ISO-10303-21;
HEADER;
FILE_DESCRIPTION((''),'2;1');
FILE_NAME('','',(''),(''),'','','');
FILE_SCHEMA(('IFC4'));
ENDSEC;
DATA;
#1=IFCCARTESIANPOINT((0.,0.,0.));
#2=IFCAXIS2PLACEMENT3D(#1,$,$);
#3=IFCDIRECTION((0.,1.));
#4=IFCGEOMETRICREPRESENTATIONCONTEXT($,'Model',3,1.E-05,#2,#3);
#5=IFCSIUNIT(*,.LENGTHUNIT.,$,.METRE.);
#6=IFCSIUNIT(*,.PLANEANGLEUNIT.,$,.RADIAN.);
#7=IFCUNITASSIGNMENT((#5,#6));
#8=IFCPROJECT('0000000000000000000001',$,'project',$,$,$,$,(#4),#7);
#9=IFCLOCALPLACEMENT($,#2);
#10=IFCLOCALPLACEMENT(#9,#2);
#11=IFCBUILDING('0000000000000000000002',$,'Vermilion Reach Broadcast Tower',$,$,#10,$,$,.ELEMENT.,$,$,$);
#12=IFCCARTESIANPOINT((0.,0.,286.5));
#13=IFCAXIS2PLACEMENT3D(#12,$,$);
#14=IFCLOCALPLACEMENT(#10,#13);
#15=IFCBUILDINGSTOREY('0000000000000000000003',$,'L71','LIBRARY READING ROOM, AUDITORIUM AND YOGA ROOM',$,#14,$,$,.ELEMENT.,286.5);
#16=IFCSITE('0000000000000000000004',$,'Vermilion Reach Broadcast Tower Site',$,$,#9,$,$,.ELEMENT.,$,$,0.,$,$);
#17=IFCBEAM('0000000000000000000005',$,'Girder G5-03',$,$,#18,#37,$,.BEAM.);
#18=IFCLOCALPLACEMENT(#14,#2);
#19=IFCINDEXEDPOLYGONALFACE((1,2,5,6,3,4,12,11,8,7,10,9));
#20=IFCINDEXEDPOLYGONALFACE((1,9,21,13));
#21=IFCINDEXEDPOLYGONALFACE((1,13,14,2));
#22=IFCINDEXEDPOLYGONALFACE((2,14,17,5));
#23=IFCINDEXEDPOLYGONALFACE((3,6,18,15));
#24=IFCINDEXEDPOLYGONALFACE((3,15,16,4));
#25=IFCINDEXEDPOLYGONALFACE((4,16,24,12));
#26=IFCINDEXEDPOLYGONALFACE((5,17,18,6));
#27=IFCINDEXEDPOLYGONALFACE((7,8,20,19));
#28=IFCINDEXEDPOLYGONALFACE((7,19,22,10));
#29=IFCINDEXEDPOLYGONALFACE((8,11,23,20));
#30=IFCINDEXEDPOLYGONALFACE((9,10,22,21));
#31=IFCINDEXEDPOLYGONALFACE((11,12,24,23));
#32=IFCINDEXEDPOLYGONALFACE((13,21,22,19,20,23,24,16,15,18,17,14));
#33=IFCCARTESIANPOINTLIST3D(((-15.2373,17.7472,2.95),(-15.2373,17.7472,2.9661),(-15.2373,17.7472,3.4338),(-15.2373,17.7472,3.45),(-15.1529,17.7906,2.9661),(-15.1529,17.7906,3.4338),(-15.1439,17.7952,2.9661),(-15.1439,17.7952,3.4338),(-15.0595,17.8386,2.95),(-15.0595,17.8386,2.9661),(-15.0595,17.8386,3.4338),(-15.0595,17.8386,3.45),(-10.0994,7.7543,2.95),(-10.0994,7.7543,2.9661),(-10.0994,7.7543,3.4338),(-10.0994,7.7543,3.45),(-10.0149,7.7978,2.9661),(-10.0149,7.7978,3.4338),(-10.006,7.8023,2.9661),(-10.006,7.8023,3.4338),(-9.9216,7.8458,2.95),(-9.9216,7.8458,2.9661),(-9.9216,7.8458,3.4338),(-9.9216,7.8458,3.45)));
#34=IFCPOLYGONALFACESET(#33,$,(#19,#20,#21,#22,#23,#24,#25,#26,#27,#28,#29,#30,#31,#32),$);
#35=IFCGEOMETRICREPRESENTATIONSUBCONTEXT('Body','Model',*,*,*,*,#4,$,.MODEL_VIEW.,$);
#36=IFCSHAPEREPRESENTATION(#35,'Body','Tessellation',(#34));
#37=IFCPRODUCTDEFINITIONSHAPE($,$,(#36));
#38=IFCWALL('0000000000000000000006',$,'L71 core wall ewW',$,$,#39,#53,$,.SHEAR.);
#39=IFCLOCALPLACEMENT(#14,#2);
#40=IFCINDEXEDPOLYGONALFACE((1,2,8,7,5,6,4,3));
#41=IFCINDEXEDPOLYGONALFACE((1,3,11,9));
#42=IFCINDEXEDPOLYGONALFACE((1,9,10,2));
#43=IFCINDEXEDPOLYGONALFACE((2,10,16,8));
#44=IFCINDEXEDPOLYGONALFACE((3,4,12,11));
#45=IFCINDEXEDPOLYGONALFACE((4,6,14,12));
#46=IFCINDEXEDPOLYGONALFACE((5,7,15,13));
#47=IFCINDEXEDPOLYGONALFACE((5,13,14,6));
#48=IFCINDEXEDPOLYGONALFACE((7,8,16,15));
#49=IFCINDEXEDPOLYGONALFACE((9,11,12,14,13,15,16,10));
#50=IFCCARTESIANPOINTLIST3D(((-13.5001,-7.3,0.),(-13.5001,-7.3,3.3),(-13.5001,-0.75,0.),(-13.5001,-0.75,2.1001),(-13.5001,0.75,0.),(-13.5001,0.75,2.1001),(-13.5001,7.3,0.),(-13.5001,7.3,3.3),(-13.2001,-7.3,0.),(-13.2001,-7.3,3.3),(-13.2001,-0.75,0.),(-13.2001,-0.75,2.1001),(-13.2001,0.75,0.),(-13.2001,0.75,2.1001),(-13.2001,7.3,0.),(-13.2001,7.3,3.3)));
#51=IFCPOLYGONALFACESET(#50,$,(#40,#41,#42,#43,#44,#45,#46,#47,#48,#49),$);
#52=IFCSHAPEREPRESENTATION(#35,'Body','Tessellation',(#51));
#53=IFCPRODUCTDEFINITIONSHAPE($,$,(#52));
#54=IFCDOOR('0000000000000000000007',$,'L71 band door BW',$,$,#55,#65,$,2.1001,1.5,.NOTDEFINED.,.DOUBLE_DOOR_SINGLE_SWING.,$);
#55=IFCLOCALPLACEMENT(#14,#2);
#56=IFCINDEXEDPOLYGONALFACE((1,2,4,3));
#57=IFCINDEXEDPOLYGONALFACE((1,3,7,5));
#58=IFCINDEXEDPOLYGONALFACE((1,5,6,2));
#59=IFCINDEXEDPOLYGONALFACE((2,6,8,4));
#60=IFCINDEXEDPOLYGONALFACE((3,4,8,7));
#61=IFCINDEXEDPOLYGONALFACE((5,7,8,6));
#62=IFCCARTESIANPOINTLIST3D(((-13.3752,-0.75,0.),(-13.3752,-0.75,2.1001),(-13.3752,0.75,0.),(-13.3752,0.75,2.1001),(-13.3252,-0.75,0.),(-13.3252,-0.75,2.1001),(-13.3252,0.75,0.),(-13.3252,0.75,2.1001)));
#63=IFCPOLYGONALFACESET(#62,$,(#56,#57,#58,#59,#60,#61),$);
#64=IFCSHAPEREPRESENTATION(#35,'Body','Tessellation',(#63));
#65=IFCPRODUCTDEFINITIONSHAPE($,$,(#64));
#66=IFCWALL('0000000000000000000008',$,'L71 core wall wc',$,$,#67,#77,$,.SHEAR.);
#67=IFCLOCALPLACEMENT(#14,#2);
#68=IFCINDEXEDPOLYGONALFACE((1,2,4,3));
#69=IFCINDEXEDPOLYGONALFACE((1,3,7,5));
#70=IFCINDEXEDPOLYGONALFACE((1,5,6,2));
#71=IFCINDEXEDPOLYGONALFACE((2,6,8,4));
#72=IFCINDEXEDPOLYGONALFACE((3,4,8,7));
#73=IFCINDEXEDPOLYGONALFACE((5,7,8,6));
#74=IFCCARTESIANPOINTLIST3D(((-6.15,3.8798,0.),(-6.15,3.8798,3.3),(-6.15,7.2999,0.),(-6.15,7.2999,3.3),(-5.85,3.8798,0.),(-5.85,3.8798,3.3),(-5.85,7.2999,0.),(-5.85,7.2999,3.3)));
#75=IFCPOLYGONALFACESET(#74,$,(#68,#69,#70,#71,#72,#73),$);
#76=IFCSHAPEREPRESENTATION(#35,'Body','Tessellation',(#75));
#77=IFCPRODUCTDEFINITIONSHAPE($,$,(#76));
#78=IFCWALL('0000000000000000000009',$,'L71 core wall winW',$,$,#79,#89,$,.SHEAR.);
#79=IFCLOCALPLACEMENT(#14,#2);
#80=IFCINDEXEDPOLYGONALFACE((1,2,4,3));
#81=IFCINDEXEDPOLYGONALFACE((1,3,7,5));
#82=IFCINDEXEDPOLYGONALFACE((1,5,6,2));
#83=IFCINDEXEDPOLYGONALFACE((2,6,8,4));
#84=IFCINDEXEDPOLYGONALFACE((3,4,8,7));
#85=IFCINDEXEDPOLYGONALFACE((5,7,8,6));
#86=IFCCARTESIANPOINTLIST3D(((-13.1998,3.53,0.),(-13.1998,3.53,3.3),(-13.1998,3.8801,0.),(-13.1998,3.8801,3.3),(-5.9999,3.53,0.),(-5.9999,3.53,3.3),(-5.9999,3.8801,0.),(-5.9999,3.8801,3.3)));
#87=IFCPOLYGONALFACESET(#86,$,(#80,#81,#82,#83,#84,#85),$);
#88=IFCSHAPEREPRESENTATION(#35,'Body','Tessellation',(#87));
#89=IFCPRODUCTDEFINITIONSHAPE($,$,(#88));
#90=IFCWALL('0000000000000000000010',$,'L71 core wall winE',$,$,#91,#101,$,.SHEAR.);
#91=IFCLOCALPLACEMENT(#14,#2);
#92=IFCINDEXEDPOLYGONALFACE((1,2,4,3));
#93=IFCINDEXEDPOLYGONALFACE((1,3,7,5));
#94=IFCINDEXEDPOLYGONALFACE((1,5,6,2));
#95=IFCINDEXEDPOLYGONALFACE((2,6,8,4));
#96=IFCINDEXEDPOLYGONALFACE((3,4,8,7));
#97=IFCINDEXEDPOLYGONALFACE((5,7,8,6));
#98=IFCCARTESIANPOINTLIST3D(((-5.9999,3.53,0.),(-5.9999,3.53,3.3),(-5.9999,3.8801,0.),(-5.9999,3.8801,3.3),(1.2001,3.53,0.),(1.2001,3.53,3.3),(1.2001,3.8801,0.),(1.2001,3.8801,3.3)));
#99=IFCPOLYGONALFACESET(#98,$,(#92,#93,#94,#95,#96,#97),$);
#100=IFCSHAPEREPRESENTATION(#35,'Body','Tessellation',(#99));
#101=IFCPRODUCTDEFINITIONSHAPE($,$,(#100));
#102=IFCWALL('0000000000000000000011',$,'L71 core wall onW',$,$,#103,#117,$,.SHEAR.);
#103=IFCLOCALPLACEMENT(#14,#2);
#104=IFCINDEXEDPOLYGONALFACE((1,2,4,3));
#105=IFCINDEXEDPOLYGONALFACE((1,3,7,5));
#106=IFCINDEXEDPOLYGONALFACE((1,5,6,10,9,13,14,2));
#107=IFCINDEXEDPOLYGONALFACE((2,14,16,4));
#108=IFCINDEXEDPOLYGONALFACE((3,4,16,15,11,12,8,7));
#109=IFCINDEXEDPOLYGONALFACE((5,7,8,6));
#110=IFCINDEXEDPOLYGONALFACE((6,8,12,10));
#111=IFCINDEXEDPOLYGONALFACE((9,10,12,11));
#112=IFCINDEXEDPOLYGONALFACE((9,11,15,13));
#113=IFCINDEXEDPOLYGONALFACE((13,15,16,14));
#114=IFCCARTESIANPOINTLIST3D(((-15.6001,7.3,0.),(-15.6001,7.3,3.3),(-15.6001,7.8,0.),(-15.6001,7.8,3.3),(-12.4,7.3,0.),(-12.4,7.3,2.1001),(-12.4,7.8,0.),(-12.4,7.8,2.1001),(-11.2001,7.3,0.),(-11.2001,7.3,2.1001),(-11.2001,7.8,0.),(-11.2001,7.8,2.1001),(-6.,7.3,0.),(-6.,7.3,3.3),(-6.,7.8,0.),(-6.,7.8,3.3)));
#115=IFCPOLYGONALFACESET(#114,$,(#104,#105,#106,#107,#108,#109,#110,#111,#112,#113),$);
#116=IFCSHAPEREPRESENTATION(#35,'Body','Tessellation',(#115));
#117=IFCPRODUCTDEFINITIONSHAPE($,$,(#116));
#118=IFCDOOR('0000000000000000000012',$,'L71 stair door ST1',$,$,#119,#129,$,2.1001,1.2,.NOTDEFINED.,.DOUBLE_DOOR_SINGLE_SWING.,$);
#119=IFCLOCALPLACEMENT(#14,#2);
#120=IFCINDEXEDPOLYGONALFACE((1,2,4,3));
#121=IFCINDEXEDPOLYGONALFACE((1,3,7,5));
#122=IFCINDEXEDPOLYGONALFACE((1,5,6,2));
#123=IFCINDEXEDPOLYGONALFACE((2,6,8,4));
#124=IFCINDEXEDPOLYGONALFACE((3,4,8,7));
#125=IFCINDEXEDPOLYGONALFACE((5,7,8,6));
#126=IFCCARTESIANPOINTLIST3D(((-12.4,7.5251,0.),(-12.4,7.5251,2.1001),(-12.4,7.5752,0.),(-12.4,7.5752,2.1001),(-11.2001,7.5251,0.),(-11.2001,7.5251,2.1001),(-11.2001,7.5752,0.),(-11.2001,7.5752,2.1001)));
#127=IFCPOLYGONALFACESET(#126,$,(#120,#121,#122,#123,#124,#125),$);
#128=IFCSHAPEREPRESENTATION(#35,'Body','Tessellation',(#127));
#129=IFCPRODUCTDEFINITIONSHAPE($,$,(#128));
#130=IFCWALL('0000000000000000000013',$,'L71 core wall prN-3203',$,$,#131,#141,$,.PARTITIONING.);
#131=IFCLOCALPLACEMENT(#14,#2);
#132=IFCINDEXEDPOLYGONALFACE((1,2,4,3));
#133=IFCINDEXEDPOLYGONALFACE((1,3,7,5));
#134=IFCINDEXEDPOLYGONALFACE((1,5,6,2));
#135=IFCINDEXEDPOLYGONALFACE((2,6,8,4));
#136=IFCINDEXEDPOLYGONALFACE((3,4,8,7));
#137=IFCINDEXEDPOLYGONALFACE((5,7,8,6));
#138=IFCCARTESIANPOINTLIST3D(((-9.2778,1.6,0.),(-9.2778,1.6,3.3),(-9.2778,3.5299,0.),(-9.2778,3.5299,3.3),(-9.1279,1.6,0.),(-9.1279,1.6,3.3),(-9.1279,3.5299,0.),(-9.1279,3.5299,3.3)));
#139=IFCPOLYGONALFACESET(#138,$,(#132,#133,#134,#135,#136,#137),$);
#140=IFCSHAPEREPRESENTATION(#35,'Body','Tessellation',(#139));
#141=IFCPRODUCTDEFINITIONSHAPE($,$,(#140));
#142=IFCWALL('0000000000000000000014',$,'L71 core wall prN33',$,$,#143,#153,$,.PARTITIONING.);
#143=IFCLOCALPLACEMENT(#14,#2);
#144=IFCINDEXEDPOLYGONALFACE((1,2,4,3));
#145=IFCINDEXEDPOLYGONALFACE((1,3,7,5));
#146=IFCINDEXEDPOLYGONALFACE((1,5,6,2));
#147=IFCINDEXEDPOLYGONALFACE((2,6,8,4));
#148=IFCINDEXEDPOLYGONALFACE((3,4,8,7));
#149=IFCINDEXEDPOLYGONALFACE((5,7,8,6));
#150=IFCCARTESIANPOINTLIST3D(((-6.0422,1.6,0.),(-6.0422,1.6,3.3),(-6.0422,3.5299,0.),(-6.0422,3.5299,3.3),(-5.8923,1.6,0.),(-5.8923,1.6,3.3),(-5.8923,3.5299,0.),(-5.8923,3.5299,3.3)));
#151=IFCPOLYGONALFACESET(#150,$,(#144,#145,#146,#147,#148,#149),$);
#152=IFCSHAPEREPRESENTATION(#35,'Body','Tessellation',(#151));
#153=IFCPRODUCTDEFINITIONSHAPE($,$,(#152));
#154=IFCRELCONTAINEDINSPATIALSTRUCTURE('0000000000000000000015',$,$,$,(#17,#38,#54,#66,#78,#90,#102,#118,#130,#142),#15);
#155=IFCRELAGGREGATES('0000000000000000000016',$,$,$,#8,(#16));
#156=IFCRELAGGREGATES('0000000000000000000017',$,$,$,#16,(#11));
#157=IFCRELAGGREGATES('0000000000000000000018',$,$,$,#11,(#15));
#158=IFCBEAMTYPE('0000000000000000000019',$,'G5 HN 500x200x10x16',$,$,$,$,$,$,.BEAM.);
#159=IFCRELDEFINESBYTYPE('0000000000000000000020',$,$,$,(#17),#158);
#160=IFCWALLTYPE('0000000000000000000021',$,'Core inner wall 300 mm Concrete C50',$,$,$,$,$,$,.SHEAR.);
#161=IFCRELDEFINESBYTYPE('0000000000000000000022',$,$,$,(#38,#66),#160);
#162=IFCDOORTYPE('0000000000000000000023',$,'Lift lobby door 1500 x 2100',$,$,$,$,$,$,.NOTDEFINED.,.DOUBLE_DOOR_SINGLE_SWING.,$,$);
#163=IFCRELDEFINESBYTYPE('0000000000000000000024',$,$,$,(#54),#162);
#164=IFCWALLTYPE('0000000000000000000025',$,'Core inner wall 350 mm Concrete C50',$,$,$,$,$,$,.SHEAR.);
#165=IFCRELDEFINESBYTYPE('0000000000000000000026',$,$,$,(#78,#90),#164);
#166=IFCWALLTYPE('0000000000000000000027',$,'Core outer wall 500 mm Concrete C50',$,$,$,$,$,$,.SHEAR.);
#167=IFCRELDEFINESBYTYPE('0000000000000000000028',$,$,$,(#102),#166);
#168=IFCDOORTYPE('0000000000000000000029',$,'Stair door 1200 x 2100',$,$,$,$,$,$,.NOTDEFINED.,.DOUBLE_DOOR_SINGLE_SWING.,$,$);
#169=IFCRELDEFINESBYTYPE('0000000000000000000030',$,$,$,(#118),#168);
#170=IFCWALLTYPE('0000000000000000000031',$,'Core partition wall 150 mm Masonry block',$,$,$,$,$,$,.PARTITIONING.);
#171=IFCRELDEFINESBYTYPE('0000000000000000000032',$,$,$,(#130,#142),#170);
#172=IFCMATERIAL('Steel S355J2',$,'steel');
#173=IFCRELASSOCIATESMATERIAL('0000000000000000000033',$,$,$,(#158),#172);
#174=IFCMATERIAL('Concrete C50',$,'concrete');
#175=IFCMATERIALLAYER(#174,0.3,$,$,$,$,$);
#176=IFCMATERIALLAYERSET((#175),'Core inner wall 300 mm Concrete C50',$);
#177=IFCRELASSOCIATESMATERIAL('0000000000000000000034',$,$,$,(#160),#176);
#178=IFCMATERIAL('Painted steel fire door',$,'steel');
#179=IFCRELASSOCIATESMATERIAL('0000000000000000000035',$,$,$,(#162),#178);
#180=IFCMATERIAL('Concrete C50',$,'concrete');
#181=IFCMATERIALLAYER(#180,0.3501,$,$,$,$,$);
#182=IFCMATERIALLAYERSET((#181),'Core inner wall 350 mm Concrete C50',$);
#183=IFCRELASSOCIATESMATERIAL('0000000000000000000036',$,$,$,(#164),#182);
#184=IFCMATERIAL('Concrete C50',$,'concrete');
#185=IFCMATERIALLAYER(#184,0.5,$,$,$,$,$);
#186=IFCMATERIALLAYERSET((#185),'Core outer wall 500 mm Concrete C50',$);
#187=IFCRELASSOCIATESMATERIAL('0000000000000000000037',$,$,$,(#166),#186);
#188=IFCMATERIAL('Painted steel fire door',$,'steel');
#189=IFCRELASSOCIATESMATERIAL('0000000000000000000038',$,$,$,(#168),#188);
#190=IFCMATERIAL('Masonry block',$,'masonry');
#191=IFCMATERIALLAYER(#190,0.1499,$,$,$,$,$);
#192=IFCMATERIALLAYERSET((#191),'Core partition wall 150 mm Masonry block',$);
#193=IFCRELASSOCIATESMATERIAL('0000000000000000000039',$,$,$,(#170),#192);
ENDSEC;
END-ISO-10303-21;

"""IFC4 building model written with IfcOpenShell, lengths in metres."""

from ifc_helpers import new_model, si_unit, direction, frame, frame_2d, origin, origin_2d, place, context, subcontext, project, spatial, rectangle, i_section, extrude, material, layer, layer_set, material_profile, profile_set, type_object, element, fill, save


model = new_model("IFC4")

# Units and contexts
model_context = context("Model", 3, precision=1e-05, world=origin(), true_north=direction((0.0, 1.0)))
body_context = subcontext(model_context, "Body", "Model", "MODEL_VIEW")
ifc_project = project(units=[si_unit("LENGTHUNIT", "METRE"), si_unit("PLANEANGLEUNIT", "RADIAN")], contexts=[model_context])

# Site, building, storey
site_placement = place(None, origin())
site = spatial("IfcSite", under=ifc_project, at=site_placement, Name="Vermilion Reach Broadcast Tower Site", CompositionType="ELEMENT", RefElevation=0.0)
building_placement = place(site_placement, origin())
building = spatial("IfcBuilding", under=site, at=building_placement, Name="Vermilion Reach Broadcast Tower", CompositionType="ELEMENT")
storey_placement = place(building_placement, frame((0.0, 0.0, 286.5)))
storey = spatial("IfcBuildingStorey", under=building, at=storey_placement, Name="L71", Description="LIBRARY READING ROOM, AUDITORIUM AND YOGA ROOM", CompositionType="ELEMENT", Elevation=286.5)

# Beam
ifc_material_1 = material(Name="Steel S355J2", Category="steel")
ifc_material_profile = material_profile(ifc_material_1, i_section(OverallWidth=0.2, OverallDepth=0.5, WebThickness=0.01, FlangeThickness=0.0161, at=origin_2d()), Name="S355J2 HN 500x200x10x16")
ifc_profile_set = profile_set([ifc_material_profile], Name="Steel S355J2")
beam_type = type_object("IfcBeamType", Name="G5 HN 500x200x10x16", PredefinedType="BEAM", material=ifc_profile_set)
beam_placement = place(storey_placement, frame((-10.0105, 7.8, 3.2), z_axis=(-0.457258, 0.889334, 0.0), x_axis=(-0.889334, -0.457258, 0.0)))
element("IfcBeam", 1, at=beam_placement, inside=storey, type_object=beam_type, Name="Girder G5-03", PredefinedType="BEAM", context=body_context, shape_type="SweptSolid", body=[
    extrude(i_section(OverallWidth=0.2, OverallDepth=0.5, WebThickness=0.01, FlangeThickness=0.0161, at=origin_2d()), origin(), (0.0, 0.0, 1.0), 11.2363),
])

# Wall, opening, door
ifc_material_2 = material(Name="Concrete C50", Category="concrete")
ifc_layer_1 = layer(ifc_material_2, 0.3)
ifc_layer_set_1 = layer_set([ifc_layer_1], Name="Core inner wall 300 mm Concrete C50")
wall_type_1 = type_object("IfcWallType", Name="Core inner wall 300 mm Concrete C50", PredefinedType="SHEAR", material=ifc_layer_set_1)
wall_1_placement = place(storey_placement, frame((-13.3501, 7.3, 0.0), z_axis=(0.0, 0.0, 1.0), x_axis=(0.0, -1.0, 0.0)))
wall_1 = element("IfcWall", 2, at=wall_1_placement, inside=storey, type_object=wall_type_1, Name="L71 core wall ewW", PredefinedType="SHEAR", context=body_context, shape_type="SweptSolid", body=[
    extrude(rectangle(XDim=14.6001, YDim=0.3, at=frame_2d((7.3, 0.0))), origin(), (0.0, 0.0, 1.0), 3.3),
])
opening_1_placement = place(wall_1_placement, frame((6.55, 0.0, 0.0)))
opening_1 = element("IfcOpeningElement", 3, at=opening_1_placement, cuts=wall_1, PredefinedType="OPENING", context=body_context, shape_type="SweptSolid", body=[
    extrude(rectangle(XDim=1.5, YDim=2.1001, at=frame_2d((0.75, 1.05))), frame((0.0, 0.1599, 0.0), z_axis=(0.0, -1.0, 0.0), x_axis=(1.0, 0.0, 0.0)), (0.0, 0.0, 1.0), 0.3201),
])
ifc_material_3 = material(Name="Painted steel fire door", Category="steel")
door_type_1 = type_object("IfcDoorType", Name="Lift lobby door 1500 x 2100", OperationType="DOUBLE_DOOR_SINGLE_SWING", PredefinedType="NOTDEFINED", material=ifc_material_3)
door_1_placement = place(opening_1_placement, origin())
door_1 = element("IfcDoor", 4, at=door_1_placement, inside=storey, type_object=door_type_1, Name="L71 band door BW", OperationType="DOUBLE_DOOR_SINGLE_SWING", OverallHeight=2.1001, OverallWidth=1.5, PredefinedType="NOTDEFINED", context=body_context, shape_type="SweptSolid", body=[
    extrude(rectangle(XDim=1.5, YDim=2.1001, at=frame_2d((0.75, 1.05))), frame((0.0, 0.0249, 0.0), z_axis=(0.0, -1.0, 0.0), x_axis=(1.0, 0.0, 0.0)), (0.0, 0.0, 1.0), 0.05),
])
fill(opening_1, door_1)

# Walls
wall_2_placement = place(storey_placement, frame((-6.0, 3.8799, 0.0), z_axis=(0.0, 0.0, 1.0), x_axis=(0.0, 1.0, 0.0)))
element("IfcWall", 5, at=wall_2_placement, inside=storey, type_object=wall_type_1, Name="L71 core wall wc", PredefinedType="SHEAR", context=body_context, shape_type="SweptSolid", body=[
    extrude(rectangle(XDim=3.4202, YDim=0.3, at=frame_2d((1.71, 0.0))), origin(), (0.0, 0.0, 1.0), 3.3),
])
ifc_material_4 = material(Name="Concrete C50", Category="concrete")
ifc_layer_2 = layer(ifc_material_4, 0.3501)
ifc_layer_set_2 = layer_set([ifc_layer_2], Name="Core inner wall 350 mm Concrete C50")
wall_type_2 = type_object("IfcWallType", Name="Core inner wall 350 mm Concrete C50", PredefinedType="SHEAR", material=ifc_layer_set_2)
for number, where, z_axis, x_axis, name in (
    (6, (-13.2, 3.7051, 0.0), (0.0, 0.0, 1.0), (1.0, 0.0, 0.0), "L71 core wall winW"),
    (7, (-6.0, 3.7051, 0.0), (0.0, 0.0, 1.0), (1.0, 0.0, 0.0), "L71 core wall winE"),
):
    element("IfcWall", number, at=place(storey_placement, frame(where, z_axis=z_axis, x_axis=x_axis)), inside=storey, type_object=wall_type_2, Name=name, PredefinedType="SHEAR", context=body_context, shape_type="SweptSolid", body=[
        extrude(rectangle(XDim=7.2, YDim=0.3501, at=frame_2d((3.6001, 0.0))), origin(), (0.0, 0.0, 1.0), 3.3),
    ])

# Wall, opening, door
ifc_material_5 = material(Name="Concrete C50", Category="concrete")
ifc_layer_3 = layer(ifc_material_5, 0.5)
ifc_layer_set_3 = layer_set([ifc_layer_3], Name="Core outer wall 500 mm Concrete C50")
wall_type_3 = type_object("IfcWallType", Name="Core outer wall 500 mm Concrete C50", PredefinedType="SHEAR", material=ifc_layer_set_3)
wall_3_placement = place(storey_placement, frame((-6.0, 7.55, 0.0), z_axis=(0.0, 0.0, 1.0), x_axis=(-1.0, 0.0, 0.0)))
wall_3 = element("IfcWall", 8, at=wall_3_placement, inside=storey, type_object=wall_type_3, Name="L71 core wall onW", PredefinedType="SHEAR", context=body_context, shape_type="SweptSolid", body=[
    extrude(rectangle(XDim=9.6001, YDim=0.5, at=frame_2d((4.8, 0.0))), origin(), (0.0, 0.0, 1.0), 3.3),
])
opening_2_placement = place(wall_3_placement, frame((5.2, 0.0, 0.0)))
opening_2 = element("IfcOpeningElement", 9, at=opening_2_placement, cuts=wall_3, PredefinedType="OPENING", context=body_context, shape_type="SweptSolid", body=[
    extrude(rectangle(XDim=1.2, YDim=2.1001, at=frame_2d((0.6001, 1.05))), frame((0.0, 0.26, 0.0), z_axis=(0.0, -1.0, 0.0), x_axis=(1.0, 0.0, 0.0)), (0.0, 0.0, 1.0), 0.52),
])
ifc_material_6 = material(Name="Painted steel fire door", Category="steel")
door_type_2 = type_object("IfcDoorType", Name="Stair door 1200 x 2100", OperationType="DOUBLE_DOOR_SINGLE_SWING", PredefinedType="NOTDEFINED", material=ifc_material_6)
door_2_placement = place(opening_2_placement, origin())
door_2 = element("IfcDoor", 10, at=door_2_placement, inside=storey, type_object=door_type_2, Name="L71 stair door ST1", OperationType="DOUBLE_DOOR_SINGLE_SWING", OverallHeight=2.1001, OverallWidth=1.2, PredefinedType="NOTDEFINED", context=body_context, shape_type="SweptSolid", body=[
    extrude(rectangle(XDim=1.2, YDim=2.1001, at=frame_2d((0.6001, 1.05))), frame((0.0, 0.0249, 0.0), z_axis=(0.0, -1.0, 0.0), x_axis=(1.0, 0.0, 0.0)), (0.0, 0.0, 1.0), 0.05),
])
fill(opening_2, door_2)

# Walls
ifc_material_7 = material(Name="Masonry block", Category="masonry")
ifc_layer_4 = layer(ifc_material_7, 0.1499)
ifc_layer_set_4 = layer_set([ifc_layer_4], Name="Core partition wall 150 mm Masonry block")
wall_type_4 = type_object("IfcWallType", Name="Core partition wall 150 mm Masonry block", PredefinedType="PARTITIONING", material=ifc_layer_set_4)
for number, where, z_axis, x_axis, name in (
    (11, (-9.2029, 1.6001, 0.0), (0.0, 0.0, 1.0), (0.0, 1.0, 0.0), "L71 core wall prN-3203"),
    (12, (-5.9673, 1.6001, 0.0), (0.0, 0.0, 1.0), (0.0, 1.0, 0.0), "L71 core wall prN33"),
):
    element("IfcWall", number, at=place(storey_placement, frame(where, z_axis=z_axis, x_axis=x_axis)), inside=storey, type_object=wall_type_4, Name=name, PredefinedType="PARTITIONING", context=body_context, shape_type="SweptSolid", body=[
        extrude(rectangle(XDim=1.9299, YDim=0.1499, at=frame_2d((0.9648, 0.0))), origin(), (0.0, 0.0, 1.0), 3.3),
    ])

save(model, "model.ifc")
